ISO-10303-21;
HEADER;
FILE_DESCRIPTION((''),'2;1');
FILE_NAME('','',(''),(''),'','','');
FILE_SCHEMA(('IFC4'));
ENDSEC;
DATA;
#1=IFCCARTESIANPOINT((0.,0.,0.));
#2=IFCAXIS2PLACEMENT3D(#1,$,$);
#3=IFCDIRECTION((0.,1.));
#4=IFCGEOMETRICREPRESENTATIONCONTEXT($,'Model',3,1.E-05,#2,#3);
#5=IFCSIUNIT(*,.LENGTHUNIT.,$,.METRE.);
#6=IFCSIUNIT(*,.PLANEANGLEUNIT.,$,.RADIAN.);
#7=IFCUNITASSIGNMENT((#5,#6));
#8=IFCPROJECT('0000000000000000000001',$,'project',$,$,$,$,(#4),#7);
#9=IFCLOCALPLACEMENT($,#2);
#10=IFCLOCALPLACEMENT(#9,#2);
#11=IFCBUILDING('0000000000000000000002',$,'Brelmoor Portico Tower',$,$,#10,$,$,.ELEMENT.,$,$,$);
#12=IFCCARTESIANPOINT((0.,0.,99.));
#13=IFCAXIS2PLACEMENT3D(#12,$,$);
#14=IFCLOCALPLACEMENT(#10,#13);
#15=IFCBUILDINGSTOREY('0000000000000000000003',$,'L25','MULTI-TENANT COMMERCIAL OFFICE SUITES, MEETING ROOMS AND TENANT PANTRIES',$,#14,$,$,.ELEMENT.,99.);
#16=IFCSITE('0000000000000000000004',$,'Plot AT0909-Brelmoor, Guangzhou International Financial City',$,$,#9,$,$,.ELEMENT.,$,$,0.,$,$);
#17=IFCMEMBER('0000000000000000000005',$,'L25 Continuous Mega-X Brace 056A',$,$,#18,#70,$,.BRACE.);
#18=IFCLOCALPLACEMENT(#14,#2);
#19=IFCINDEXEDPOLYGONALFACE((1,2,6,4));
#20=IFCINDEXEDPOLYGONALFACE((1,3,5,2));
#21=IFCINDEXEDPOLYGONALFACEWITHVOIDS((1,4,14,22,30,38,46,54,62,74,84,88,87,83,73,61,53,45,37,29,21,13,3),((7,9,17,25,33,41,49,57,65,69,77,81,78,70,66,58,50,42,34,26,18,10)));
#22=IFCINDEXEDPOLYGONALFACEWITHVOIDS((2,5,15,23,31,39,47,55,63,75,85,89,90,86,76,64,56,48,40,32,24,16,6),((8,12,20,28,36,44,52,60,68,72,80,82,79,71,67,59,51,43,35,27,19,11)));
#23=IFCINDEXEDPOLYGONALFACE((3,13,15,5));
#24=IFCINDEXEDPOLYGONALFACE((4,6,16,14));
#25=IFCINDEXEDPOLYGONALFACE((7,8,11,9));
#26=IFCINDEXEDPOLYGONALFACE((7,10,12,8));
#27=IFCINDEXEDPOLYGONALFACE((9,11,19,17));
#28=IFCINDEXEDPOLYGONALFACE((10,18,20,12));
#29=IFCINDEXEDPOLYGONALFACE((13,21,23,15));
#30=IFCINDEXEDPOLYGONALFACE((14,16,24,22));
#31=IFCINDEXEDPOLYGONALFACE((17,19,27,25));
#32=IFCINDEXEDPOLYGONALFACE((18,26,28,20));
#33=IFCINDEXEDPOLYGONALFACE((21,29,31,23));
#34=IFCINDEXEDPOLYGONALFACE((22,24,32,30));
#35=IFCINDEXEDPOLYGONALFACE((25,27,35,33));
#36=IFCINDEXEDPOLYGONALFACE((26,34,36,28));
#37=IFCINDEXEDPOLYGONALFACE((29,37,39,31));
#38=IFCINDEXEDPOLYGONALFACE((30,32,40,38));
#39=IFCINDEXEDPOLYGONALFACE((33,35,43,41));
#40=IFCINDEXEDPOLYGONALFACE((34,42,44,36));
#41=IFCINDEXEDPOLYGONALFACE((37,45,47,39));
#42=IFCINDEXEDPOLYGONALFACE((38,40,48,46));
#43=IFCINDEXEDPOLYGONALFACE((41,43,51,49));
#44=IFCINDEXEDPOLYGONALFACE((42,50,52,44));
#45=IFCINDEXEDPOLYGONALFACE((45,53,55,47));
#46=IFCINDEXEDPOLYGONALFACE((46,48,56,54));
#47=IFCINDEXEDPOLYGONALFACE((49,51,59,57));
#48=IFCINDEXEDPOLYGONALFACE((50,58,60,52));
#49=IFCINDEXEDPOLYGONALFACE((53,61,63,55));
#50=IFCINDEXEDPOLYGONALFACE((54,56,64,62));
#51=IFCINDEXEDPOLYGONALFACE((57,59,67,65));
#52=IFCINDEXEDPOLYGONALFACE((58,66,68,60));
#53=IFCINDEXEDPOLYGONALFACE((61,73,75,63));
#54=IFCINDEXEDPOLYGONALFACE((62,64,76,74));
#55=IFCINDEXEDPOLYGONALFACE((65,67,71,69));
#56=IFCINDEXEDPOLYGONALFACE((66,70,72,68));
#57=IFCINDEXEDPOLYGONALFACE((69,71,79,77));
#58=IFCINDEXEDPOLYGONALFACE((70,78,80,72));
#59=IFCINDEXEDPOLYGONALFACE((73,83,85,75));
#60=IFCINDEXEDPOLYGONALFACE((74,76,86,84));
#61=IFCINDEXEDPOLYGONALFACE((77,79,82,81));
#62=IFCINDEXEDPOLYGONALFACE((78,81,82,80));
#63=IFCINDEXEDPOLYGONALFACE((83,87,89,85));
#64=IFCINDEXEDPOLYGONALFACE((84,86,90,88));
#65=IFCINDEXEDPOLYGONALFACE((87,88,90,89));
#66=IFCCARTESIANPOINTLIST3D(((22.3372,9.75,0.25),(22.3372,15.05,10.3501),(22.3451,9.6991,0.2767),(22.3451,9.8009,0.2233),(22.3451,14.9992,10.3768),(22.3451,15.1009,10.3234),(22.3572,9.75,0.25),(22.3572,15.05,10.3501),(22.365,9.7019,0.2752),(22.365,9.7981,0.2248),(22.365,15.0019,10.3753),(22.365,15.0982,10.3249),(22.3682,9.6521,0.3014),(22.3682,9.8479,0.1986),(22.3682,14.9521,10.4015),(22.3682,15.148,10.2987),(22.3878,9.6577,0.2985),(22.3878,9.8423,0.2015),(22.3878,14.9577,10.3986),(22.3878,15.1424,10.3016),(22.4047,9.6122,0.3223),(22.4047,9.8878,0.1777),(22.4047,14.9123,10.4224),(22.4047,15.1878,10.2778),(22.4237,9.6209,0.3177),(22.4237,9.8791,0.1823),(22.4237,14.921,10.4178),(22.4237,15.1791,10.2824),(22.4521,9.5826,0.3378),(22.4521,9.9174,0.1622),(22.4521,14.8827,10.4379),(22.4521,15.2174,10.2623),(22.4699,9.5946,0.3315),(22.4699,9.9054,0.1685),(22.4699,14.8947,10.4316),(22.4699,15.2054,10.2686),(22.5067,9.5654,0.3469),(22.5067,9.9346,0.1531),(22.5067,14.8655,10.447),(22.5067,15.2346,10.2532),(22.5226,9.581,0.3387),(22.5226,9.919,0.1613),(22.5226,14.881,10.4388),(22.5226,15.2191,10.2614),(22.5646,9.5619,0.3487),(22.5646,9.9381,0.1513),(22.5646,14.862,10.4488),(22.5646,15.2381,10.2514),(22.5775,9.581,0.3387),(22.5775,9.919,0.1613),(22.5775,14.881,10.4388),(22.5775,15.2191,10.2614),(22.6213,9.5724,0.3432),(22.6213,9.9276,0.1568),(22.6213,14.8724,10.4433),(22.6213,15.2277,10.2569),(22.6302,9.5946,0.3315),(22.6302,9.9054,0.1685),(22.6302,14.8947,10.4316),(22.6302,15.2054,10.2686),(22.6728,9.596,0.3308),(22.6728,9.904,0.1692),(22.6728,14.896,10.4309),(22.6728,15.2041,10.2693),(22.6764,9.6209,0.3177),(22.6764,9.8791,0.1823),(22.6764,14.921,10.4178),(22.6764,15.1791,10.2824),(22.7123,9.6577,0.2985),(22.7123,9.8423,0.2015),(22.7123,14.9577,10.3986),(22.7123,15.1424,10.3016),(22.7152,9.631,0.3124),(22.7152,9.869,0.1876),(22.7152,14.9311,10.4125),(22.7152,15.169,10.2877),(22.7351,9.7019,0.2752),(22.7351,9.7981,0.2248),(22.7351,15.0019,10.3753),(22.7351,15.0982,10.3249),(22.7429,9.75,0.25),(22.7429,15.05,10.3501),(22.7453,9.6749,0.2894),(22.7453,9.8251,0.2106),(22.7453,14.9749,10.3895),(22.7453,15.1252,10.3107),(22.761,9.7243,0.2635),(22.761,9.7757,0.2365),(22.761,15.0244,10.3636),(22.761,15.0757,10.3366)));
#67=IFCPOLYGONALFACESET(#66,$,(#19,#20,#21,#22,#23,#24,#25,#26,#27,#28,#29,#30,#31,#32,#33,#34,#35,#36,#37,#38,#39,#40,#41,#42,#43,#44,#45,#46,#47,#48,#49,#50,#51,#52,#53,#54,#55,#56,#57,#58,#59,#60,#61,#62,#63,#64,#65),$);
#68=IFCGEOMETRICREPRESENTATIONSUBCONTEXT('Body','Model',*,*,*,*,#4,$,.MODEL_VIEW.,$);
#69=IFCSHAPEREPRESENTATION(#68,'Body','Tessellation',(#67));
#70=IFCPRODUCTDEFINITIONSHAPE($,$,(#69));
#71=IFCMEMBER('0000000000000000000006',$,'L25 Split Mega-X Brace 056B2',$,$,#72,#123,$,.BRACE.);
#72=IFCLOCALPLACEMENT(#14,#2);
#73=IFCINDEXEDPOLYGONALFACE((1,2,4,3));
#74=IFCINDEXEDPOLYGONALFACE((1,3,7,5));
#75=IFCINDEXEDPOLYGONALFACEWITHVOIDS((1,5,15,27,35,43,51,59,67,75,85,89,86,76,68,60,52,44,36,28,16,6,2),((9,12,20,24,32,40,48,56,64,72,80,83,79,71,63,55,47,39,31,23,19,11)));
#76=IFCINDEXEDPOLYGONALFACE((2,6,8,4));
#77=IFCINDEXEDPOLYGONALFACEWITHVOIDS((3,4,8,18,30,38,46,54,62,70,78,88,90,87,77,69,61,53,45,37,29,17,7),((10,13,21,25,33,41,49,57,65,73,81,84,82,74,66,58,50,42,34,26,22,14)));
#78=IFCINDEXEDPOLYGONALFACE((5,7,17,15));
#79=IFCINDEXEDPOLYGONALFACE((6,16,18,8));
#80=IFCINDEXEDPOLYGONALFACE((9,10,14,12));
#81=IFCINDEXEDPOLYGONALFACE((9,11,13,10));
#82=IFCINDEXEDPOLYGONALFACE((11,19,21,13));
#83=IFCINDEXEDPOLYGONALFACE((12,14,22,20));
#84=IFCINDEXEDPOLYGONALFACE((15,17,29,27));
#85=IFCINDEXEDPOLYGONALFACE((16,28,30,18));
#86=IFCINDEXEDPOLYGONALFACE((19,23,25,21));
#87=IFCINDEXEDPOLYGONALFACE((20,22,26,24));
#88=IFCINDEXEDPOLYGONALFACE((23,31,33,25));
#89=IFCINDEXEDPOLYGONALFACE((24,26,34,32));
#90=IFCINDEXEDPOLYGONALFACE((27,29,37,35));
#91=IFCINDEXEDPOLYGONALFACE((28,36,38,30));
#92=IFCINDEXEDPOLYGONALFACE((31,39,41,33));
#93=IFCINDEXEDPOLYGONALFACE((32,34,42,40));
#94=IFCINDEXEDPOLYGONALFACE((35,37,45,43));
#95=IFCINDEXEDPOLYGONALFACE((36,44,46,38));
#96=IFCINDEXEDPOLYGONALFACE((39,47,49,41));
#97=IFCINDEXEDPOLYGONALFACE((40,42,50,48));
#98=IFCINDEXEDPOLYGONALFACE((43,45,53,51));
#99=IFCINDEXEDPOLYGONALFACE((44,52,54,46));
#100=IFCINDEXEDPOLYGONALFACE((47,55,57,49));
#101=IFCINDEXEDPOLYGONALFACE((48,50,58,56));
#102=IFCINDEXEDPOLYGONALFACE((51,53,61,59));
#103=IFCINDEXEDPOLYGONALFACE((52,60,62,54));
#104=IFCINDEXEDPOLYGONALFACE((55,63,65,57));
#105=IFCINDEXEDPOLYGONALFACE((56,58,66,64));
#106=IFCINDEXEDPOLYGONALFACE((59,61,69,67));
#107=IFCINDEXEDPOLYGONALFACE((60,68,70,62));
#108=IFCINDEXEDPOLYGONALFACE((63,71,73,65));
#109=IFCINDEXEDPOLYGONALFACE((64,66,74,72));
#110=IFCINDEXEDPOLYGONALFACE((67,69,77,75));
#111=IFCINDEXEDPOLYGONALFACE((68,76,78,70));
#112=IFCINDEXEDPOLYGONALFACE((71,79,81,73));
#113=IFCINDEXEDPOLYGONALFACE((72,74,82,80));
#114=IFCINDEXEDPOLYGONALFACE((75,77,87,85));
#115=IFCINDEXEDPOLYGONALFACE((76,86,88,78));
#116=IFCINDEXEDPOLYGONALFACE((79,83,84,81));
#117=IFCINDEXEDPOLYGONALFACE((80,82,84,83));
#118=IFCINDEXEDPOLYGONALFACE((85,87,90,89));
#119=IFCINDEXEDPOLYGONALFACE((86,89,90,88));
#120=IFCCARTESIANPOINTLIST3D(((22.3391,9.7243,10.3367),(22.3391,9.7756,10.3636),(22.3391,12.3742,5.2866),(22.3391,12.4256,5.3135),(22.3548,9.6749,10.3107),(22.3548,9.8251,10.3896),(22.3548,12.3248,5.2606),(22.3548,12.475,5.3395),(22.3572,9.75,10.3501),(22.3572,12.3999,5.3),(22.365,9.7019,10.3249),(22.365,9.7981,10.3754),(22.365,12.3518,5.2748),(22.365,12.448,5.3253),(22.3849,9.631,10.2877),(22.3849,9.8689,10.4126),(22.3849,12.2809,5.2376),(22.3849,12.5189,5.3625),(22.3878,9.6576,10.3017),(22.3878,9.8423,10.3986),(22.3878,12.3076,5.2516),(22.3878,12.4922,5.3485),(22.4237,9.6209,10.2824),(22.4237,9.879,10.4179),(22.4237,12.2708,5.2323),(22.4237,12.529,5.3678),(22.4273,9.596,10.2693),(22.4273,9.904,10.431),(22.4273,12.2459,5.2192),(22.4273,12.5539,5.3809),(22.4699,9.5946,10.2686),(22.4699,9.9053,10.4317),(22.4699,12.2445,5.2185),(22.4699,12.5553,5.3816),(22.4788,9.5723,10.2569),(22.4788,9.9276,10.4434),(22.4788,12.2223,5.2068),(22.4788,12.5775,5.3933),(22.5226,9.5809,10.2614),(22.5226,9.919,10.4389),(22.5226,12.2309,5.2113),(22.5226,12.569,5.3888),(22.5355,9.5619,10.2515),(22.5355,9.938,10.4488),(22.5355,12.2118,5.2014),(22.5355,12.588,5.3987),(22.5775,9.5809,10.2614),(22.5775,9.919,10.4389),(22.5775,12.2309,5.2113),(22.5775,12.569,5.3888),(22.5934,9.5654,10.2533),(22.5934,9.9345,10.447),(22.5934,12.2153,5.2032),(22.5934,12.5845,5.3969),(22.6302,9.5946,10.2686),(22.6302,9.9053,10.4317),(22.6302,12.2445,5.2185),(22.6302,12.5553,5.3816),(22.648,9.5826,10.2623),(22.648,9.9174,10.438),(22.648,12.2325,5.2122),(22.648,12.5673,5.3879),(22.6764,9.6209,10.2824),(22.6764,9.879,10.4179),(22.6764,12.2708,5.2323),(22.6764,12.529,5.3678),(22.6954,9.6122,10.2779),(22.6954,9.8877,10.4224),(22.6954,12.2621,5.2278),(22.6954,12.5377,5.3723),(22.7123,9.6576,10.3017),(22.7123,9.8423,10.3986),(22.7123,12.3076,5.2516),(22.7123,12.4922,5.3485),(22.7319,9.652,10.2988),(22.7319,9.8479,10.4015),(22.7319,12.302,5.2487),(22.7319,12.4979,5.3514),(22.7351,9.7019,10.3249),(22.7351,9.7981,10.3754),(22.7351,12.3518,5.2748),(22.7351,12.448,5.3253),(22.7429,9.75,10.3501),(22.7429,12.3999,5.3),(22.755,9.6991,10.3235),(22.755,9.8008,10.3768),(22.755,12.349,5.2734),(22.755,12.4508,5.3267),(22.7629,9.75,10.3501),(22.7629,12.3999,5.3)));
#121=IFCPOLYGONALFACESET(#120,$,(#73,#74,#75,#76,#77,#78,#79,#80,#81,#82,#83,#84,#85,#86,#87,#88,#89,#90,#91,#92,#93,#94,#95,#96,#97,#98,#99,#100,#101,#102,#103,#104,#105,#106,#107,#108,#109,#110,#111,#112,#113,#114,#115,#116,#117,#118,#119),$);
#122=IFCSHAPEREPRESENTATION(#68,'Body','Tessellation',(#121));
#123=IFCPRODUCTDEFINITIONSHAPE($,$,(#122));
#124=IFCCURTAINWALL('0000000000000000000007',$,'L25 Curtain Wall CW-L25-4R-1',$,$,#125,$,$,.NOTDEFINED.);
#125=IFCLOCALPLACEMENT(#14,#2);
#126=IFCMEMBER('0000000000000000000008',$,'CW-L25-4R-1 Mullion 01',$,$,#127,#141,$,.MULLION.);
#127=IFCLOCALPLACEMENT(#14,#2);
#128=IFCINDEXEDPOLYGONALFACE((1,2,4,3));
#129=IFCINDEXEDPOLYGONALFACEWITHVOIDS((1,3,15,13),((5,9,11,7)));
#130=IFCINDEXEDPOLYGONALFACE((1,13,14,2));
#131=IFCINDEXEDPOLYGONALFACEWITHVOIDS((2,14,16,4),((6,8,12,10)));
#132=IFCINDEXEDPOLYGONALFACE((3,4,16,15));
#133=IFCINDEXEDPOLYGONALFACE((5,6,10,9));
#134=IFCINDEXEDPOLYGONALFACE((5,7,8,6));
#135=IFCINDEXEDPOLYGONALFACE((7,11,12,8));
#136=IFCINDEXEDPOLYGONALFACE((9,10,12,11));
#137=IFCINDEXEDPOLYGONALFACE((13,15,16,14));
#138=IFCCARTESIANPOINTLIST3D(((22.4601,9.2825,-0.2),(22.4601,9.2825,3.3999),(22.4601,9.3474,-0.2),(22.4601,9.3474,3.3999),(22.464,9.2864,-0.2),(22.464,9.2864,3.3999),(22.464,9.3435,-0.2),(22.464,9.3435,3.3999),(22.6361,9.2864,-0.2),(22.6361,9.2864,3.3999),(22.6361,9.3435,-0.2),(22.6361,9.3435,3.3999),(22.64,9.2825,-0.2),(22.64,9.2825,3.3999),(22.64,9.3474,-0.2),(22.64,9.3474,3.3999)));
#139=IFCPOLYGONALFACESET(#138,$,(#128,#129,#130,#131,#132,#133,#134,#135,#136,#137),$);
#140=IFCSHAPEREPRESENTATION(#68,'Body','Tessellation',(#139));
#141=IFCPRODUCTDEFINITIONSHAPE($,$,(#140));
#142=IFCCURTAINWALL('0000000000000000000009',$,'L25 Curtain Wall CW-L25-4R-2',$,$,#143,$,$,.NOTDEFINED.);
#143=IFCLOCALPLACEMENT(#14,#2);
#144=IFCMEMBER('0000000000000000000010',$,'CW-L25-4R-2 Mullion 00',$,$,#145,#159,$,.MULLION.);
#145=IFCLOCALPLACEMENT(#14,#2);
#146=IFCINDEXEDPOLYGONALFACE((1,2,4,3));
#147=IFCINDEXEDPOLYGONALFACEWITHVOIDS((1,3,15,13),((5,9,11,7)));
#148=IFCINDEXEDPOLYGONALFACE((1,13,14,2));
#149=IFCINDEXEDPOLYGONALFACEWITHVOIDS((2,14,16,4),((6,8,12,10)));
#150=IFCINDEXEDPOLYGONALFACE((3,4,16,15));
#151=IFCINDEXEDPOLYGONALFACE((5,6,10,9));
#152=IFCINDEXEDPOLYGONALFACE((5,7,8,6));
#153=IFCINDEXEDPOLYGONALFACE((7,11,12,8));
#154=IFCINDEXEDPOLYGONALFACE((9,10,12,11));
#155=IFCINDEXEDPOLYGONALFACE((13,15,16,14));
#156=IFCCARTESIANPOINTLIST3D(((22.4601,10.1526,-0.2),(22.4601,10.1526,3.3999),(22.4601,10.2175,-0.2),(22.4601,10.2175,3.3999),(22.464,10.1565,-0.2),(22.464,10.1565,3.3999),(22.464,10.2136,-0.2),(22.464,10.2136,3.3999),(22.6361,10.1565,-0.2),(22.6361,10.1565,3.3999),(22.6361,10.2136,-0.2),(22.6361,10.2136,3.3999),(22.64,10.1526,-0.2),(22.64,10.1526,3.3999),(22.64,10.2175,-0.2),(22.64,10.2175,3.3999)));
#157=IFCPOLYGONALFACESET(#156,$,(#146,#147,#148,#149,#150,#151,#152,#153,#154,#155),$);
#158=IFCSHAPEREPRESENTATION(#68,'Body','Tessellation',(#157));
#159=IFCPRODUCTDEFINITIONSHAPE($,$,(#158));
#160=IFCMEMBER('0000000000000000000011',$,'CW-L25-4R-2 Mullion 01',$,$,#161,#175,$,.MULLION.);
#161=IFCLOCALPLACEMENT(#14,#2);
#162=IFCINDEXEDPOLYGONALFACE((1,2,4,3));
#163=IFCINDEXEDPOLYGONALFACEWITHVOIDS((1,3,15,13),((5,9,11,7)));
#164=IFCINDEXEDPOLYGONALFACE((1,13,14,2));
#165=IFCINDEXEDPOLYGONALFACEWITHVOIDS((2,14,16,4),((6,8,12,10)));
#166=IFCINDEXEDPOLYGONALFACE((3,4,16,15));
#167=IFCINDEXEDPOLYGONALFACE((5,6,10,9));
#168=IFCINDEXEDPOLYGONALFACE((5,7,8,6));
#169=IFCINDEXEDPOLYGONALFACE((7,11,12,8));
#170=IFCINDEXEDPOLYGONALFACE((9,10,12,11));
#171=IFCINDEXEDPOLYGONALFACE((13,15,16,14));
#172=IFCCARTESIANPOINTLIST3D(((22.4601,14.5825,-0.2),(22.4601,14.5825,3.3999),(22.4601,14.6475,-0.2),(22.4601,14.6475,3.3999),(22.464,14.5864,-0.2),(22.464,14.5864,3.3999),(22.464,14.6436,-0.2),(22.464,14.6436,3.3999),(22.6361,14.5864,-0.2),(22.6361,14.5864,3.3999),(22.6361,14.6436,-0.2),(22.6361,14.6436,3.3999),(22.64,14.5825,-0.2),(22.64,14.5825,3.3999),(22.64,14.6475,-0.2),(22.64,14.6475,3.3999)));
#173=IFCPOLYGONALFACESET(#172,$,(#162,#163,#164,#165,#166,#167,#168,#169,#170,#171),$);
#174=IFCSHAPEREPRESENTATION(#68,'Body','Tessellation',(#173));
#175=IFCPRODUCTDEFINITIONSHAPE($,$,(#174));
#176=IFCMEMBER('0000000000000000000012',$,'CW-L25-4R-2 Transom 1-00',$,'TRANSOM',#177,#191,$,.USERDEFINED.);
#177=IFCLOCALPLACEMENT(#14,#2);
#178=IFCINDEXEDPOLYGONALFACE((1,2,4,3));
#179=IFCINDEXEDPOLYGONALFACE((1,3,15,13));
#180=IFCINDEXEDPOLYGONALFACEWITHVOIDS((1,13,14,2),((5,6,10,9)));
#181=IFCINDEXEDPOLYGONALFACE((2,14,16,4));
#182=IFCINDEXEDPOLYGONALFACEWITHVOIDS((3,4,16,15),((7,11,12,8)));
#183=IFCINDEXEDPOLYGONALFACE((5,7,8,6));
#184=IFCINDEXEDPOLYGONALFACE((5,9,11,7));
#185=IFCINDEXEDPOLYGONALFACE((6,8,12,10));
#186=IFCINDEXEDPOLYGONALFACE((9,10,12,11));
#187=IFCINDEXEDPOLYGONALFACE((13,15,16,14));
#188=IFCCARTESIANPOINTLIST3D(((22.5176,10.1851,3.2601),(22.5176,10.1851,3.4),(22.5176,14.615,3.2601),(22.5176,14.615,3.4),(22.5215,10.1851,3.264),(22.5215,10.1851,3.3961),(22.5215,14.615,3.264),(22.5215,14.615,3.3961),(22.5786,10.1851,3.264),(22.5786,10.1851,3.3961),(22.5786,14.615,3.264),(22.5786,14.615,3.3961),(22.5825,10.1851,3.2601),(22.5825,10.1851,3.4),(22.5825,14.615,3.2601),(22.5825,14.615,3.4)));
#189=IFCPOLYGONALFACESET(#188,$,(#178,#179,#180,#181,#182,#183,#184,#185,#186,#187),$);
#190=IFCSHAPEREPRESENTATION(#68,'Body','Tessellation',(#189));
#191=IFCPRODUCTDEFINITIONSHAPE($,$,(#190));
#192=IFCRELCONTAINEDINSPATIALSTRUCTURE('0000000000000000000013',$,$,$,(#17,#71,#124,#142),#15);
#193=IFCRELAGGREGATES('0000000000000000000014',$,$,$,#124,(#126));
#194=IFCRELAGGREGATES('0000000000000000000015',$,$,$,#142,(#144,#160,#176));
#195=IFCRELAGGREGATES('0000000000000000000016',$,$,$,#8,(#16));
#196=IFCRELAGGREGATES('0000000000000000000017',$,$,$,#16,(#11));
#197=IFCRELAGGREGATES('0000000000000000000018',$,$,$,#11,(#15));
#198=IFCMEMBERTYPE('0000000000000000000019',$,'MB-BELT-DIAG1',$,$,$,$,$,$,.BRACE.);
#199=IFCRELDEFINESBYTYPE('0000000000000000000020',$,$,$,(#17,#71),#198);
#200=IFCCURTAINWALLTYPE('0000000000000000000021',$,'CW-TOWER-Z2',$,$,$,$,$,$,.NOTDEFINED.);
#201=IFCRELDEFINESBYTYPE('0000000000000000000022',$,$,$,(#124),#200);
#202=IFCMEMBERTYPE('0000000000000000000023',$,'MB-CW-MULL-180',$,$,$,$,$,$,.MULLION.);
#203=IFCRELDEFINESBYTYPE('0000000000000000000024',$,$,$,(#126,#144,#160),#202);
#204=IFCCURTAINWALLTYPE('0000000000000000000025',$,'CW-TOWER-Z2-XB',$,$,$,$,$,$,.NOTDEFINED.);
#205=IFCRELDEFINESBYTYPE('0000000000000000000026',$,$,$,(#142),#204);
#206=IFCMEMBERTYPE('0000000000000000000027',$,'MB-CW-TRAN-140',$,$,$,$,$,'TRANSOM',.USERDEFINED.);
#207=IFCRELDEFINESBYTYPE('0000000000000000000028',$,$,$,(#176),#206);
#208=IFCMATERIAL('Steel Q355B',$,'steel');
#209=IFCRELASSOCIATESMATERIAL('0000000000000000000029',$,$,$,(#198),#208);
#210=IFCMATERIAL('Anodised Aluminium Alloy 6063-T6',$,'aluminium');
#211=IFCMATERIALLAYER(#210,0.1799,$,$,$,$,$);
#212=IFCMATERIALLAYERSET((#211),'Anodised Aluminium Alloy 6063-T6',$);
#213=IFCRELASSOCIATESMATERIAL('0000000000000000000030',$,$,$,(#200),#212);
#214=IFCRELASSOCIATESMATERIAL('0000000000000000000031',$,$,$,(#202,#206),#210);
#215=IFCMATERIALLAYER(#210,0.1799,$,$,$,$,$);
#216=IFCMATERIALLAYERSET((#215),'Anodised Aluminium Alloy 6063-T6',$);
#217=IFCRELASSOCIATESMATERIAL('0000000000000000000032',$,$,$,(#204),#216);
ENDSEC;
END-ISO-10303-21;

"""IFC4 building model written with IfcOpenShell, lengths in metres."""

from ifc_helpers import new_model, si_unit, direction, frame, origin, origin_2d, place, context, subcontext, project, spatial, hollow_rectangle, hollow_circle, extrude, material, layer, layer_set, material_profile, profile_set, type_object, element, aggregate, save


model = new_model("IFC4")

# Units and contexts
model_context = context("Model", 3, precision=1e-05, world=origin(), true_north=direction((0.0, 1.0)))
body_context = subcontext(model_context, "Body", "Model", "MODEL_VIEW")
ifc_project = project(units=[si_unit("LENGTHUNIT", "METRE"), si_unit("PLANEANGLEUNIT", "RADIAN")], contexts=[model_context])

# Site, building, storey
site_placement = place(None, origin())
site = spatial("IfcSite", under=ifc_project, at=site_placement, Name="Plot AT0909-Brelmoor, Guangzhou International Financial City", CompositionType="ELEMENT", RefElevation=0.0)
building_placement = place(site_placement, origin())
building = spatial("IfcBuilding", under=site, at=building_placement, Name="Brelmoor Portico Tower", CompositionType="ELEMENT")
storey_placement = place(building_placement, frame((0.0, 0.0, 99.0)))
storey = spatial("IfcBuildingStorey", under=building, at=storey_placement, Name="L25", Description="MULTI-TENANT COMMERCIAL OFFICE SUITES, MEETING ROOMS AND TENANT PANTRIES", CompositionType="ELEMENT", Elevation=99.0)

# Shared definitions
ifc_material_1 = material(Name="Steel Q355B", Category="steel")

# Members
ifc_material_profile_1 = material_profile(ifc_material_1, hollow_circle(Radius=0.2129, WallThickness=0.02, at=origin_2d()), Name="CHS 426x20")
ifc_profile_set_1 = profile_set([ifc_material_profile_1], Name="Steel Q355B")
member_type_1 = type_object("IfcMemberType", Name="MB-BELT-DIAG1", PredefinedType="BRACE", material=ifc_profile_set_1)
member_1_placement = place(storey_placement, frame((22.55, 9.75, 0.25), z_axis=(0.0, 0.464662, 0.885488), x_axis=(-1.0, 0.0, 0.0)))
element("IfcMember", 1, at=member_1_placement, inside=storey, type_object=member_type_1, Name="L25 Continuous Mega-X Brace 056A", PredefinedType="BRACE", context=body_context, shape_type="SweptSolid", body=[
    extrude(hollow_circle(Radius=0.2129, WallThickness=0.02, at=origin_2d()), origin(), (0.0, 0.0, 1.0), 11.4062),
])
member_2_placement = place(storey_placement, frame((22.55, 12.3999, 5.3), z_axis=(0.0, -0.464645, 0.885497), x_axis=(1.0, 0.0, 0.0)))
element("IfcMember", 2, at=member_2_placement, inside=storey, type_object=member_type_1, Name="L25 Split Mega-X Brace 056B2", PredefinedType="BRACE", context=body_context, shape_type="SweptSolid", body=[
    extrude(hollow_circle(Radius=0.2129, WallThickness=0.02, at=origin_2d()), origin(), (0.0, 0.0, 1.0), 5.7031),
])

# Curtain wall, member
ifc_material_2 = material(Name="Anodised Aluminium Alloy 6063-T6", Category="aluminium")
ifc_layer_1 = layer(ifc_material_2, 0.1799)
ifc_layer_set_1 = layer_set([ifc_layer_1], Name="Anodised Aluminium Alloy 6063-T6")
curtain_wall_type_1 = type_object("IfcCurtainWallType", Name="CW-TOWER-Z2", PredefinedType="NOTDEFINED", material=ifc_layer_set_1)
curtain_wall_1_placement = place(storey_placement, origin())
curtain_wall_1 = element("IfcCurtainWall", 3, at=curtain_wall_1_placement, inside=storey, type_object=curtain_wall_type_1, Name="L25 Curtain Wall CW-L25-4R-1", PredefinedType="NOTDEFINED")
ifc_material_profile_2 = material_profile(ifc_material_2, hollow_rectangle(XDim=0.0649, YDim=0.1799, WallThickness=0.0039, at=origin_2d()), Name="ALU MULLION 65x180")
ifc_profile_set_2 = profile_set([ifc_material_profile_2], Name="Anodised Aluminium Alloy 6063-T6")
member_type_2 = type_object("IfcMemberType", Name="MB-CW-MULL-180", PredefinedType="MULLION", material=ifc_profile_set_2)
member_3_placement = place(storey_placement, frame((22.55, 9.3149, -0.2), z_axis=(0.0, 0.0, 1.0), x_axis=(0.0, 1.0, 0.0)))
member_3 = element("IfcMember", 4, at=member_3_placement, type_object=member_type_2, Name="CW-L25-4R-1 Mullion 01", PredefinedType="MULLION", context=body_context, shape_type="SweptSolid", body=[
    extrude(hollow_rectangle(XDim=0.0649, YDim=0.1799, WallThickness=0.0039, at=origin_2d()), origin(), (0.0, 0.0, 1.0), 3.5999),
])

# Curtain wall, members
ifc_layer_2 = layer(ifc_material_2, 0.1799)
ifc_layer_set_2 = layer_set([ifc_layer_2], Name="Anodised Aluminium Alloy 6063-T6")
curtain_wall_type_2 = type_object("IfcCurtainWallType", Name="CW-TOWER-Z2-XB", PredefinedType="NOTDEFINED", material=ifc_layer_set_2)
curtain_wall_2_placement = place(storey_placement, origin())
curtain_wall_2 = element("IfcCurtainWall", 5, at=curtain_wall_2_placement, inside=storey, type_object=curtain_wall_type_2, Name="L25 Curtain Wall CW-L25-4R-2", PredefinedType="NOTDEFINED")
member_4_placement = place(storey_placement, frame((22.55, 10.1851, -0.2), z_axis=(0.0, 0.0, 1.0), x_axis=(0.0, 1.0, 0.0)))
member_4 = element("IfcMember", 6, at=member_4_placement, type_object=member_type_2, Name="CW-L25-4R-2 Mullion 00", PredefinedType="MULLION", context=body_context, shape_type="SweptSolid", body=[
    extrude(hollow_rectangle(XDim=0.0649, YDim=0.1799, WallThickness=0.0039, at=origin_2d()), origin(), (0.0, 0.0, 1.0), 3.5999),
])
member_5_placement = place(storey_placement, frame((22.55, 14.615, -0.2), z_axis=(0.0, 0.0, 1.0), x_axis=(0.0, 1.0, 0.0)))
member_5 = element("IfcMember", 7, at=member_5_placement, type_object=member_type_2, Name="CW-L25-4R-2 Mullion 01", PredefinedType="MULLION", context=body_context, shape_type="SweptSolid", body=[
    extrude(hollow_rectangle(XDim=0.0649, YDim=0.1799, WallThickness=0.0039, at=origin_2d()), origin(), (0.0, 0.0, 1.0), 3.5999),
])
ifc_material_profile_3 = material_profile(ifc_material_2, hollow_rectangle(XDim=0.0649, YDim=0.1399, WallThickness=0.0039, at=origin_2d()), Name="ALU TRANSOM 65x140")
ifc_profile_set_3 = profile_set([ifc_material_profile_3], Name="Anodised Aluminium Alloy 6063-T6")
member_type_3 = type_object("IfcMemberType", Name="MB-CW-TRAN-140", ElementType="TRANSOM", PredefinedType="USERDEFINED", material=ifc_profile_set_3)
member_6_placement = place(storey_placement, frame((22.55, 10.1851, 3.3301), z_axis=(0.0, 1.0, 0.0), x_axis=(-1.0, 0.0, 0.0)))
member_6 = element("IfcMember", 8, at=member_6_placement, type_object=member_type_3, Name="CW-L25-4R-2 Transom 1-00", ObjectType="TRANSOM", PredefinedType="USERDEFINED", context=body_context, shape_type="SweptSolid", body=[
    extrude(hollow_rectangle(XDim=0.0649, YDim=0.1399, WallThickness=0.0039, at=origin_2d()), origin(), (0.0, 0.0, 1.0), 4.4299),
])

aggregate(curtain_wall_1, [member_3])
aggregate(curtain_wall_2, [member_4, member_5, member_6])

save(model, "model.ifc")
